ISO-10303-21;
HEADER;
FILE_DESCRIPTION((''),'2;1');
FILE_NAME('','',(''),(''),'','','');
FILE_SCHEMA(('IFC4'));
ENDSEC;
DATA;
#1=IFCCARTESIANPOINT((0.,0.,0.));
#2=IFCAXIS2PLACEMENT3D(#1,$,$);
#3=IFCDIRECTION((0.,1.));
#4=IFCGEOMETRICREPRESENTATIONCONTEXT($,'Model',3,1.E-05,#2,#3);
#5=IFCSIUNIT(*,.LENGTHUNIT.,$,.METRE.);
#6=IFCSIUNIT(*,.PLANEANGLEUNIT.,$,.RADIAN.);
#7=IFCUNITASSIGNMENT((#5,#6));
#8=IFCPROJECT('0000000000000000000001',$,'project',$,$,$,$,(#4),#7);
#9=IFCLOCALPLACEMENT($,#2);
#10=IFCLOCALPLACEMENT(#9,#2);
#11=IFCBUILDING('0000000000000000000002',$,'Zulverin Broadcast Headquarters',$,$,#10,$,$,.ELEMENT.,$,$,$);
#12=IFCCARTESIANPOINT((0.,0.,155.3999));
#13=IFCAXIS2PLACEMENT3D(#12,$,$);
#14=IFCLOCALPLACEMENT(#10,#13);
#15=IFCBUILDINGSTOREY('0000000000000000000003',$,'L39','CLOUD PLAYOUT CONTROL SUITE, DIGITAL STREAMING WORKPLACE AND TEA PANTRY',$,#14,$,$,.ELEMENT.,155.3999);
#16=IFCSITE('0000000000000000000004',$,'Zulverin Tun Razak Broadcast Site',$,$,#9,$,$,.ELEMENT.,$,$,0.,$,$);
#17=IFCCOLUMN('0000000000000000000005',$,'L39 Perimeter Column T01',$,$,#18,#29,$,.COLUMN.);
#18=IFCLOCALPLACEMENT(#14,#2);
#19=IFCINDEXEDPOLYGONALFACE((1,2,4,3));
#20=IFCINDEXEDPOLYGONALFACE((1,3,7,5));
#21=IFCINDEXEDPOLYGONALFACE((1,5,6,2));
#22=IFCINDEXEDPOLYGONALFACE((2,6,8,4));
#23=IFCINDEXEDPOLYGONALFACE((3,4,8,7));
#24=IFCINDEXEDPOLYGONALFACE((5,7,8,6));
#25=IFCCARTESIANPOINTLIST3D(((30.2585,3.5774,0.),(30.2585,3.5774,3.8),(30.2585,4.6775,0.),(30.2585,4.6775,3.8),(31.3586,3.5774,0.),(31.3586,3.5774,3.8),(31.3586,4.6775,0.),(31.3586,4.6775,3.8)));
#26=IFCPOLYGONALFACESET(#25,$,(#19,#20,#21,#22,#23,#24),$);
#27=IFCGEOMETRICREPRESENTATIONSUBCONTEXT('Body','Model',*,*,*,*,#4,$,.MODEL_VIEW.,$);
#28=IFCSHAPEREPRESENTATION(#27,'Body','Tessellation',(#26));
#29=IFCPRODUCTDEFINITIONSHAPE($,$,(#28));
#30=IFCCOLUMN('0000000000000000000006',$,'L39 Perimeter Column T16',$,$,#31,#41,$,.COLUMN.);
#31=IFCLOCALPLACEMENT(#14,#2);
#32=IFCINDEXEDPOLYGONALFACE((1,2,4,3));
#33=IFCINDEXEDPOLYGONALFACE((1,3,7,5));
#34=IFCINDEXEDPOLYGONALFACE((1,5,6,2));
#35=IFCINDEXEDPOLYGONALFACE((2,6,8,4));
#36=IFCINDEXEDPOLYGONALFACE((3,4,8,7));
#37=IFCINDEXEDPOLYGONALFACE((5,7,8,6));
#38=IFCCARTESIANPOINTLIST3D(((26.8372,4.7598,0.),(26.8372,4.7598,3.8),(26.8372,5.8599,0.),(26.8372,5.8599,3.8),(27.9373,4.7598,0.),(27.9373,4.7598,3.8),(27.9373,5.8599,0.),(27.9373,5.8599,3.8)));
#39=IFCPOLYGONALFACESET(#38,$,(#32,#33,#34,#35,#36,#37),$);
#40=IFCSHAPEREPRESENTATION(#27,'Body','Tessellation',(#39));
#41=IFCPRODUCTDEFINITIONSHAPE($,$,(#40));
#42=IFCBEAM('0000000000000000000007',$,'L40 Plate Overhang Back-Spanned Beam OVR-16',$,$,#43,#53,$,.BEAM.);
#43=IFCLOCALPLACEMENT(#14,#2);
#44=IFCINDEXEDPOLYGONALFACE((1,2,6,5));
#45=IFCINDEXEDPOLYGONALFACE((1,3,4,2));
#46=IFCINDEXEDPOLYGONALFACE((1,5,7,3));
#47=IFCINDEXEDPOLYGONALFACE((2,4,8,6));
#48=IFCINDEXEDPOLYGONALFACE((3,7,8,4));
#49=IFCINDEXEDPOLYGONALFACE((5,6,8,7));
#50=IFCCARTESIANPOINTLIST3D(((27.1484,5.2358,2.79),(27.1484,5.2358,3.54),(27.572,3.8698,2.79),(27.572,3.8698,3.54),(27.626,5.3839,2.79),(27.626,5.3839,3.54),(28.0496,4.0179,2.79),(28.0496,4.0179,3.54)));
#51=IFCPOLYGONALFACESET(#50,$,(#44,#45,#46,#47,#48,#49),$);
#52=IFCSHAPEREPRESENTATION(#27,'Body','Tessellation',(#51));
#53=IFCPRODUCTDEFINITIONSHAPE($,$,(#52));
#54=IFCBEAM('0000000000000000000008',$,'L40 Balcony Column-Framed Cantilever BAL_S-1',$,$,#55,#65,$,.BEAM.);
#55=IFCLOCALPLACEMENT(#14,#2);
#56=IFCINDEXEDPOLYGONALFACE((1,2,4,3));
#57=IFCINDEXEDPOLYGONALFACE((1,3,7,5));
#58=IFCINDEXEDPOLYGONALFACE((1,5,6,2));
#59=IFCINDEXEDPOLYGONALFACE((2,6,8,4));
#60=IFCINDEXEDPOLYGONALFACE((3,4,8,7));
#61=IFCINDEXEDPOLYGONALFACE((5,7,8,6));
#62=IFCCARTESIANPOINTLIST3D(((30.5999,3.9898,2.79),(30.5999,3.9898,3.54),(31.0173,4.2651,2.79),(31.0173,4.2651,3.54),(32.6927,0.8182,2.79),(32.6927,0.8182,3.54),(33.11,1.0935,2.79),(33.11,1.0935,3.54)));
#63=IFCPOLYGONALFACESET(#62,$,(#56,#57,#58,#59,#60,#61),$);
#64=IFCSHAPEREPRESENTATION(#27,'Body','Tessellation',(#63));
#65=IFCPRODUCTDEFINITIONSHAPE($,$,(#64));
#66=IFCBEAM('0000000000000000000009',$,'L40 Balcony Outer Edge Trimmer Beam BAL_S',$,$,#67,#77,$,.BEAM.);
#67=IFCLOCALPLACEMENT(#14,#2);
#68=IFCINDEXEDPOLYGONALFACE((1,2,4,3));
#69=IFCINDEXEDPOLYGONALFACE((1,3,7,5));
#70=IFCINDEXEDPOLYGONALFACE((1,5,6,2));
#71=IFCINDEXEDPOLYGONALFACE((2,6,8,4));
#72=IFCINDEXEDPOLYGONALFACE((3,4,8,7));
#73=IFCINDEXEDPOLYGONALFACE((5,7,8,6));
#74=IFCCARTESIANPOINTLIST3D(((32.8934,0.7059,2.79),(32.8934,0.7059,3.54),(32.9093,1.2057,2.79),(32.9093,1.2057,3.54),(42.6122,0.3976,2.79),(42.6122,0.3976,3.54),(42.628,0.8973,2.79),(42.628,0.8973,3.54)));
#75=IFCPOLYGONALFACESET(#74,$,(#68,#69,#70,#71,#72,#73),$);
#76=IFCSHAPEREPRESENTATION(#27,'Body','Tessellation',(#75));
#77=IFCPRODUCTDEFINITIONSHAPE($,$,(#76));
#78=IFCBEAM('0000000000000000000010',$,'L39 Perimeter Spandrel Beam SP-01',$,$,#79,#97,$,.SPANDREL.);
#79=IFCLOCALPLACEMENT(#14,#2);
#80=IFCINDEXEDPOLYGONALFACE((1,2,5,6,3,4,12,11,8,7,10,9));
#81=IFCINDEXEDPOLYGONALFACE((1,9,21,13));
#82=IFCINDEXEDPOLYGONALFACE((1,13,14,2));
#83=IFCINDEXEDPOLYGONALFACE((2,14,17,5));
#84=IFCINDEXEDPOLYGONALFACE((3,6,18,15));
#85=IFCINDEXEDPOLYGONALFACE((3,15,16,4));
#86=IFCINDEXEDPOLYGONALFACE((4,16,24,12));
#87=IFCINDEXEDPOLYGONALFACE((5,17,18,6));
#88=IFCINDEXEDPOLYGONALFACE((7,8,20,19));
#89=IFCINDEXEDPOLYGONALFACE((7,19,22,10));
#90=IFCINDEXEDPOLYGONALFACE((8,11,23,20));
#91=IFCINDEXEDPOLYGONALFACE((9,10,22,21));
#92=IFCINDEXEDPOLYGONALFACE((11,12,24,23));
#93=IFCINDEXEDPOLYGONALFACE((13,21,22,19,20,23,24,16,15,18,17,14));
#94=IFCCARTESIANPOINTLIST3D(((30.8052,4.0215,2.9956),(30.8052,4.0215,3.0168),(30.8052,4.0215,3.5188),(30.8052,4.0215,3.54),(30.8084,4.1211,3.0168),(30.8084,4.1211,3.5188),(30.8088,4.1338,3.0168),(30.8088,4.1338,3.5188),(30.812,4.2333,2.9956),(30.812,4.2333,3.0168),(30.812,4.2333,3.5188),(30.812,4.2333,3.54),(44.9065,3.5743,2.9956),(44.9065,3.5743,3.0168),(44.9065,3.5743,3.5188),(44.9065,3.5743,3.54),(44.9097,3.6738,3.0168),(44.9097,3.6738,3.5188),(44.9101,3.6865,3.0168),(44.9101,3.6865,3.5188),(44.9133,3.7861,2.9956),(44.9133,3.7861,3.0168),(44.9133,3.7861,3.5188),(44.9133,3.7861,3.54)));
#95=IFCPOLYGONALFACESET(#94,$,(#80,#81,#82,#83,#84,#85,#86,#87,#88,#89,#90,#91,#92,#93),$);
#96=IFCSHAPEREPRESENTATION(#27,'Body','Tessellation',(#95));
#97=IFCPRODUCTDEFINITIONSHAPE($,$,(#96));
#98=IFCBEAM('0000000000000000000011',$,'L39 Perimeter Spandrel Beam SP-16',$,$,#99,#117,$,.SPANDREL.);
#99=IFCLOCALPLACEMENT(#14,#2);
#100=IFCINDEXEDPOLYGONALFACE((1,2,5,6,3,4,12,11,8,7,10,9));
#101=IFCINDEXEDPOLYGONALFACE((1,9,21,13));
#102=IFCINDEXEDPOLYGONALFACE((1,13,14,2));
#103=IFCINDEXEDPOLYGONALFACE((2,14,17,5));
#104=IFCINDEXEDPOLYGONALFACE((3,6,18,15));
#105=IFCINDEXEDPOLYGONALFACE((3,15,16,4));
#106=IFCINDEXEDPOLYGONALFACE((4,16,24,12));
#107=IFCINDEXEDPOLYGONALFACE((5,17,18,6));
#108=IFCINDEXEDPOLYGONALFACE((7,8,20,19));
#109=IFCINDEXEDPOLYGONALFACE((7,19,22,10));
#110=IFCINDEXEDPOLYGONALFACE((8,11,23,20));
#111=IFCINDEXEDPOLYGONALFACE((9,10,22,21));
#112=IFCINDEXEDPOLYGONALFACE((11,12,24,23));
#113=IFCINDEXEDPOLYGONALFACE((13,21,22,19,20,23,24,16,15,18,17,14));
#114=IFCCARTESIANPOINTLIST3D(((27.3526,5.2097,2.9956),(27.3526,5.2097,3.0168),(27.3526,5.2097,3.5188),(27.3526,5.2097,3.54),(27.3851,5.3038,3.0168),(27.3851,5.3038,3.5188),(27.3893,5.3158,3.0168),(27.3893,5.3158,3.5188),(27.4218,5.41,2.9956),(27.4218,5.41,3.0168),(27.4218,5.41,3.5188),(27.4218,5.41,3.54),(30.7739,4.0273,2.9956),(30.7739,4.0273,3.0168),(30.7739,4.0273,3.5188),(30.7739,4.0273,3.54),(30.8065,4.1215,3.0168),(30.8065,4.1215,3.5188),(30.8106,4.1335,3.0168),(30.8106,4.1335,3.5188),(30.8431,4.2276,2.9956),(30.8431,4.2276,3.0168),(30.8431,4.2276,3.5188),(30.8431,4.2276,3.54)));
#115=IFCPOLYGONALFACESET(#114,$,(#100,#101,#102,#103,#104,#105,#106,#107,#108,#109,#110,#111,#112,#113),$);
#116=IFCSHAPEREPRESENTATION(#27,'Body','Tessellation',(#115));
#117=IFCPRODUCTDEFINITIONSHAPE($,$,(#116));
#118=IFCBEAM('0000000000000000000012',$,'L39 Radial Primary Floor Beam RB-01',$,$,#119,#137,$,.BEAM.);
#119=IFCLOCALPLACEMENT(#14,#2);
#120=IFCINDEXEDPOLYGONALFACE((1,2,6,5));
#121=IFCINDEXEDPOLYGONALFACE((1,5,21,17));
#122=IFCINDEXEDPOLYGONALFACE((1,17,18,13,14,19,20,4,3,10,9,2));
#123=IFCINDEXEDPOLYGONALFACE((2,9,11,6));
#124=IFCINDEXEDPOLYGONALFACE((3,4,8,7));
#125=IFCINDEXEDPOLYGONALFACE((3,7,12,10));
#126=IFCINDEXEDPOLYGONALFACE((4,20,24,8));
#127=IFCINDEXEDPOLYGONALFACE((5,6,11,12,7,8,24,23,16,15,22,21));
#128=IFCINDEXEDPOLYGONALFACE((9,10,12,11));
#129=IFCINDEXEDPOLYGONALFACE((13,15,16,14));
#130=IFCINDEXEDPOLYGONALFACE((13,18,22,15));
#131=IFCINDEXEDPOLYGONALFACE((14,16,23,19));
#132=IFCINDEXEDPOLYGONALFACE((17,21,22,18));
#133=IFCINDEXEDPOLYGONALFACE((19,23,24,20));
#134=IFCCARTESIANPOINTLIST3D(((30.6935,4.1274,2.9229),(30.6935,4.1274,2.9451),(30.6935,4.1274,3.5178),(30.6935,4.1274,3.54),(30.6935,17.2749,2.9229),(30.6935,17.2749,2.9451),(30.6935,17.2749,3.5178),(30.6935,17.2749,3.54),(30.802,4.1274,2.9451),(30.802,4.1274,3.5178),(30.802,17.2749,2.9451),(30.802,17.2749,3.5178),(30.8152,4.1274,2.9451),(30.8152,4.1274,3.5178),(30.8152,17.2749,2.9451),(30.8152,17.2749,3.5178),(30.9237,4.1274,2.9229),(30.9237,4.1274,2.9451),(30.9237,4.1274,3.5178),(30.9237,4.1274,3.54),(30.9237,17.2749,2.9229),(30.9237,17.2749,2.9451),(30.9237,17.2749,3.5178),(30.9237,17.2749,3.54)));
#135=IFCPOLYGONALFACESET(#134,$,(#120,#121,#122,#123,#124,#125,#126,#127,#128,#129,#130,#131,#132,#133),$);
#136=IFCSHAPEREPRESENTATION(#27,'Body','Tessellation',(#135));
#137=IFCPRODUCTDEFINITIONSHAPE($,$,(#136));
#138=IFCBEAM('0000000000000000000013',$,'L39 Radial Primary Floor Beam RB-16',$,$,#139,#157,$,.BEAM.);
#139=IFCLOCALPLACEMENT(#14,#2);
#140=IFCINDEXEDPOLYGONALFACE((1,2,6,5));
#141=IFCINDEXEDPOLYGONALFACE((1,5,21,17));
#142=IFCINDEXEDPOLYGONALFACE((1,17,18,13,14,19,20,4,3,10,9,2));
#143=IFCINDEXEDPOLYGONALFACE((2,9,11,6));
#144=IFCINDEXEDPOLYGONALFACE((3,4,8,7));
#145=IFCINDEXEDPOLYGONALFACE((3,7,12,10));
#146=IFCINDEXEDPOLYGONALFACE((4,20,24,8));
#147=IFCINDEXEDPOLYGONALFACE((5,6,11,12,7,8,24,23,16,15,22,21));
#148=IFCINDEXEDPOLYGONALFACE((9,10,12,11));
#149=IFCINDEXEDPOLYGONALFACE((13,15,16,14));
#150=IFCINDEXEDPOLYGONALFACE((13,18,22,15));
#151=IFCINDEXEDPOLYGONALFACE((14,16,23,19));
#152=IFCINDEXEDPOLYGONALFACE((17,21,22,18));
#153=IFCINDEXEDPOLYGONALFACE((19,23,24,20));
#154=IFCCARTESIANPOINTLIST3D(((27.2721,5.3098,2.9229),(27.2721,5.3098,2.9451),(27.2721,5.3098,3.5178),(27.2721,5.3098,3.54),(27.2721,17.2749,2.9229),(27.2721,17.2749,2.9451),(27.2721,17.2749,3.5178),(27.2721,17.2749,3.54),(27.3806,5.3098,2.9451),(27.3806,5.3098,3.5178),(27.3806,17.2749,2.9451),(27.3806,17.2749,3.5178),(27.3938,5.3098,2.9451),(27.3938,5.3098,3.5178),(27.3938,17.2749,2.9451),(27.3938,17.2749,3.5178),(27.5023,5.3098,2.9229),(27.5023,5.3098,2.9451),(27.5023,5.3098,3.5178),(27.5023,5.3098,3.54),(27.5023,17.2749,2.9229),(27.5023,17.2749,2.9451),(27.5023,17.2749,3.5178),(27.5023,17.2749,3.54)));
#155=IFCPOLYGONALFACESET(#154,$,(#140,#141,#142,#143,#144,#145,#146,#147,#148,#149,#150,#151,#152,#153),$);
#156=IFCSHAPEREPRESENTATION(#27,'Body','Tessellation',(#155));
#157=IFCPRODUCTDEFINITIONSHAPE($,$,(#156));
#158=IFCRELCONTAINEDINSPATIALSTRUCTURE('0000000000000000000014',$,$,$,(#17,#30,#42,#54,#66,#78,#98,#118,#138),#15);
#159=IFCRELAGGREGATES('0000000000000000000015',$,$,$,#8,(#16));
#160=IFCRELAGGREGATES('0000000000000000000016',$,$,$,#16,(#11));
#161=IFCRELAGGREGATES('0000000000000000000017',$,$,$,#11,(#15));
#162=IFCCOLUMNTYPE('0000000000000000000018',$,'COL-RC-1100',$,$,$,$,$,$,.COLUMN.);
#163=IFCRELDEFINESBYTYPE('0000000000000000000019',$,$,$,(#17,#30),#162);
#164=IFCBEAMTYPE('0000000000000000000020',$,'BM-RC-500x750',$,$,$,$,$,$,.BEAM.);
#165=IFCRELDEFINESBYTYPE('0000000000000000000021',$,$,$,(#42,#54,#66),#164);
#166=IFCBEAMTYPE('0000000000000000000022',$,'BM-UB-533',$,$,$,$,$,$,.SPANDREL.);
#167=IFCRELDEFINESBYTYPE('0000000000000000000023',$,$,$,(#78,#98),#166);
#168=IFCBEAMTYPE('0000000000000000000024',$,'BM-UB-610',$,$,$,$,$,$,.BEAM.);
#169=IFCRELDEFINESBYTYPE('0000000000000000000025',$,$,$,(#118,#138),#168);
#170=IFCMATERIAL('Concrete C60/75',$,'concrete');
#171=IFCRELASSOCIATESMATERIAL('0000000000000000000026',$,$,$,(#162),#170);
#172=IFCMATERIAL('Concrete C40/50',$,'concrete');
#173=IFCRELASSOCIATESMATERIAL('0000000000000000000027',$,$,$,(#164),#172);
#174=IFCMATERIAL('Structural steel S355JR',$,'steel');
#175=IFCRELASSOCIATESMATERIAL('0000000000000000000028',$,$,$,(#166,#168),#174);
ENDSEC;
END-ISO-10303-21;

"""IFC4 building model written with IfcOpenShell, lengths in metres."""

from ifc_helpers import new_model, si_unit, direction, frame, origin, origin_2d, place, context, subcontext, project, spatial, rectangle, i_section, extrude, material, material_profile, profile_set, type_object, element, save


model = new_model("IFC4")

# Units and contexts
model_context = context("Model", 3, precision=1e-05, world=origin(), true_north=direction((0.0, 1.0)))
body_context = subcontext(model_context, "Body", "Model", "MODEL_VIEW")
ifc_project = project(units=[si_unit("LENGTHUNIT", "METRE"), si_unit("PLANEANGLEUNIT", "RADIAN")], contexts=[model_context])

# Site, building, storey
site_placement = place(None, origin())
site = spatial("IfcSite", under=ifc_project, at=site_placement, Name="Zulverin Tun Razak Broadcast Site", CompositionType="ELEMENT", RefElevation=0.0)
building_placement = place(site_placement, origin())
building = spatial("IfcBuilding", under=site, at=building_placement, Name="Zulverin Broadcast Headquarters", CompositionType="ELEMENT")
storey_placement = place(building_placement, frame((0.0, 0.0, 155.3999)))
storey = spatial("IfcBuildingStorey", under=building, at=storey_placement, Name="L39", Description="CLOUD PLAYOUT CONTROL SUITE, DIGITAL STREAMING WORKPLACE AND TEA PANTRY", CompositionType="ELEMENT", Elevation=155.3999)

# Columns
ifc_material_1 = material(Name="Concrete C60/75", Category="concrete")
ifc_material_profile_1 = material_profile(ifc_material_1, rectangle(XDim=1.1001, YDim=1.1001, at=origin_2d()), Name="Concrete C60/75", Category="concrete")
ifc_profile_set_1 = profile_set([ifc_material_profile_1], Name="Concrete C60/75")
column_type = type_object("IfcColumnType", Name="COL-RC-1100", PredefinedType="COLUMN", material=ifc_profile_set_1)
for number, where, z_axis, x_axis, name in (
    (1, (30.8086, 4.1274, 0.0), (0.0, 0.0, 1.0), (1.0, 0.0, 0.0), "L39 Perimeter Column T01"),
    (2, (27.3872, 5.3098, 0.0), (0.0, 0.0, 1.0), (1.0, 0.0, 0.0), "L39 Perimeter Column T16"),
):
    element("IfcColumn", number, at=place(storey_placement, frame(where, z_axis=z_axis, x_axis=x_axis)), inside=storey, type_object=column_type, Name=name, PredefinedType="COLUMN", context=body_context, shape_type="SweptSolid", body=[
        extrude(rectangle(XDim=1.1001, YDim=1.1001, at=origin_2d()), origin(), (0.0, 0.0, 1.0), 3.8),
    ])

# Beams
ifc_material_2 = material(Name="Concrete C40/50", Category="concrete")
ifc_material_profile_2 = material_profile(ifc_material_2, rectangle(XDim=0.5, YDim=0.75, at=origin_2d()), Name="Concrete C40/50", Category="concrete")
ifc_profile_set_2 = profile_set([ifc_material_profile_2], Name="Concrete C40/50")
beam_type_1 = type_object("IfcBeamType", Name="BM-RC-500x750", PredefinedType="BEAM", material=ifc_profile_set_2)
beam_1_placement = place(storey_placement, frame((27.3872, 5.3098, 3.165), z_axis=(0.296184, -0.955131, 0.0), x_axis=(0.955131, 0.296184, 0.0)))
element("IfcBeam", 3, at=beam_1_placement, inside=storey, type_object=beam_type_1, Name="L40 Plate Overhang Back-Spanned Beam OVR-16", PredefinedType="BEAM", context=body_context, shape_type="SweptSolid", body=[
    extrude(rectangle(XDim=0.5, YDim=0.75, at=origin_2d()), origin(), (0.0, 0.0, 1.0), 1.4302),
])
beam_2_placement = place(storey_placement, frame((30.8086, 4.1274, 3.165), z_axis=(0.55075, -0.83467, 0.0), x_axis=(0.83467, 0.55075, 0.0)))
element("IfcBeam", 4, at=beam_2_placement, inside=storey, type_object=beam_type_1, Name="L40 Balcony Column-Framed Cantilever BAL_S-1", PredefinedType="BEAM", context=body_context, shape_type="SweptSolid", body=[
    extrude(rectangle(XDim=0.5, YDim=0.75, at=origin_2d()), origin(), (0.0, 0.0, 1.0), 3.7998),
])
beam_3_placement = place(storey_placement, frame((32.9014, 0.9558, 3.165), z_axis=(0.999497, -0.031711, 0.0), x_axis=(0.031711, 0.999497, 0.0)))
element("IfcBeam", 5, at=beam_3_placement, inside=storey, type_object=beam_type_1, Name="L40 Balcony Outer Edge Trimmer Beam BAL_S", PredefinedType="BEAM", context=body_context, shape_type="SweptSolid", body=[
    extrude(rectangle(XDim=0.5, YDim=0.75, at=origin_2d()), origin(), (0.0, 0.0, 1.0), 9.7236),
])
ifc_material_3 = material(Name="Structural steel S355JR", Category="steel")
ifc_material_profile_3 = material_profile(ifc_material_3, i_section(OverallWidth=0.2119, OverallDepth=0.5444, WebThickness=0.0127, FlangeThickness=0.0212, at=origin_2d()), Name="Structural steel S355JR", Category="steel")
ifc_profile_set_3 = profile_set([ifc_material_profile_3], Name="Structural steel S355JR")
beam_type_2 = type_object("IfcBeamType", Name="BM-UB-533", PredefinedType="SPANDREL", material=ifc_profile_set_3)
beam_4_placement = place(storey_placement, frame((30.8086, 4.1274, 3.2678), z_axis=(0.999497, -0.031702, 0.0), x_axis=(0.031702, 0.999497, 0.0)))
element("IfcBeam", 6, at=beam_4_placement, inside=storey, type_object=beam_type_2, Name="L39 Perimeter Spandrel Beam SP-01", PredefinedType="SPANDREL", context=body_context, shape_type="SweptSolid", body=[
    extrude(i_section(OverallWidth=0.2119, OverallDepth=0.5444, WebThickness=0.0127, FlangeThickness=0.0212, at=origin_2d()), origin(), (0.0, 0.0, 1.0), 14.1084),
])
beam_5_placement = place(storey_placement, frame((27.3872, 5.3098, 3.2678), z_axis=(0.945153, -0.326629, 0.0), x_axis=(0.326629, 0.945153, 0.0)))
element("IfcBeam", 7, at=beam_5_placement, inside=storey, type_object=beam_type_2, Name="L39 Perimeter Spandrel Beam SP-16", PredefinedType="SPANDREL", context=body_context, shape_type="SweptSolid", body=[
    extrude(i_section(OverallWidth=0.2119, OverallDepth=0.5444, WebThickness=0.0127, FlangeThickness=0.0212, at=origin_2d()), origin(), (0.0, 0.0, 1.0), 3.6199),
])
ifc_material_profile_4 = material_profile(ifc_material_3, i_section(OverallWidth=0.2302, OverallDepth=0.6172, WebThickness=0.0132, FlangeThickness=0.0222, at=origin_2d()), Name="Structural steel S355JR", Category="steel")
ifc_profile_set_4 = profile_set([ifc_material_profile_4], Name="Structural steel S355JR")
beam_type_3 = type_object("IfcBeamType", Name="BM-UB-610", PredefinedType="BEAM", material=ifc_profile_set_4)
beam_6_placement = place(storey_placement, frame((30.8086, 17.2749, 3.2314), z_axis=(0.0, -1.0, 0.0), x_axis=(1.0, 0.0, 0.0)))
element("IfcBeam", 8, at=beam_6_placement, inside=storey, type_object=beam_type_3, Name="L39 Radial Primary Floor Beam RB-01", PredefinedType="BEAM", context=body_context, shape_type="SweptSolid", body=[
    extrude(i_section(OverallWidth=0.2302, OverallDepth=0.6172, WebThickness=0.0132, FlangeThickness=0.0222, at=origin_2d()), origin(), (0.0, 0.0, 1.0), 13.1475),
])
beam_7_placement = place(storey_placement, frame((27.3872, 17.2749, 3.2314), z_axis=(0.0, -1.0, 0.0), x_axis=(1.0, 0.0, 0.0)))
element("IfcBeam", 9, at=beam_7_placement, inside=storey, type_object=beam_type_3, Name="L39 Radial Primary Floor Beam RB-16", PredefinedType="BEAM", context=body_context, shape_type="SweptSolid", body=[
    extrude(i_section(OverallWidth=0.2302, OverallDepth=0.6172, WebThickness=0.0132, FlangeThickness=0.0222, at=origin_2d()), origin(), (0.0, 0.0, 1.0), 11.9651),
])

save(model, "model.ifc")
